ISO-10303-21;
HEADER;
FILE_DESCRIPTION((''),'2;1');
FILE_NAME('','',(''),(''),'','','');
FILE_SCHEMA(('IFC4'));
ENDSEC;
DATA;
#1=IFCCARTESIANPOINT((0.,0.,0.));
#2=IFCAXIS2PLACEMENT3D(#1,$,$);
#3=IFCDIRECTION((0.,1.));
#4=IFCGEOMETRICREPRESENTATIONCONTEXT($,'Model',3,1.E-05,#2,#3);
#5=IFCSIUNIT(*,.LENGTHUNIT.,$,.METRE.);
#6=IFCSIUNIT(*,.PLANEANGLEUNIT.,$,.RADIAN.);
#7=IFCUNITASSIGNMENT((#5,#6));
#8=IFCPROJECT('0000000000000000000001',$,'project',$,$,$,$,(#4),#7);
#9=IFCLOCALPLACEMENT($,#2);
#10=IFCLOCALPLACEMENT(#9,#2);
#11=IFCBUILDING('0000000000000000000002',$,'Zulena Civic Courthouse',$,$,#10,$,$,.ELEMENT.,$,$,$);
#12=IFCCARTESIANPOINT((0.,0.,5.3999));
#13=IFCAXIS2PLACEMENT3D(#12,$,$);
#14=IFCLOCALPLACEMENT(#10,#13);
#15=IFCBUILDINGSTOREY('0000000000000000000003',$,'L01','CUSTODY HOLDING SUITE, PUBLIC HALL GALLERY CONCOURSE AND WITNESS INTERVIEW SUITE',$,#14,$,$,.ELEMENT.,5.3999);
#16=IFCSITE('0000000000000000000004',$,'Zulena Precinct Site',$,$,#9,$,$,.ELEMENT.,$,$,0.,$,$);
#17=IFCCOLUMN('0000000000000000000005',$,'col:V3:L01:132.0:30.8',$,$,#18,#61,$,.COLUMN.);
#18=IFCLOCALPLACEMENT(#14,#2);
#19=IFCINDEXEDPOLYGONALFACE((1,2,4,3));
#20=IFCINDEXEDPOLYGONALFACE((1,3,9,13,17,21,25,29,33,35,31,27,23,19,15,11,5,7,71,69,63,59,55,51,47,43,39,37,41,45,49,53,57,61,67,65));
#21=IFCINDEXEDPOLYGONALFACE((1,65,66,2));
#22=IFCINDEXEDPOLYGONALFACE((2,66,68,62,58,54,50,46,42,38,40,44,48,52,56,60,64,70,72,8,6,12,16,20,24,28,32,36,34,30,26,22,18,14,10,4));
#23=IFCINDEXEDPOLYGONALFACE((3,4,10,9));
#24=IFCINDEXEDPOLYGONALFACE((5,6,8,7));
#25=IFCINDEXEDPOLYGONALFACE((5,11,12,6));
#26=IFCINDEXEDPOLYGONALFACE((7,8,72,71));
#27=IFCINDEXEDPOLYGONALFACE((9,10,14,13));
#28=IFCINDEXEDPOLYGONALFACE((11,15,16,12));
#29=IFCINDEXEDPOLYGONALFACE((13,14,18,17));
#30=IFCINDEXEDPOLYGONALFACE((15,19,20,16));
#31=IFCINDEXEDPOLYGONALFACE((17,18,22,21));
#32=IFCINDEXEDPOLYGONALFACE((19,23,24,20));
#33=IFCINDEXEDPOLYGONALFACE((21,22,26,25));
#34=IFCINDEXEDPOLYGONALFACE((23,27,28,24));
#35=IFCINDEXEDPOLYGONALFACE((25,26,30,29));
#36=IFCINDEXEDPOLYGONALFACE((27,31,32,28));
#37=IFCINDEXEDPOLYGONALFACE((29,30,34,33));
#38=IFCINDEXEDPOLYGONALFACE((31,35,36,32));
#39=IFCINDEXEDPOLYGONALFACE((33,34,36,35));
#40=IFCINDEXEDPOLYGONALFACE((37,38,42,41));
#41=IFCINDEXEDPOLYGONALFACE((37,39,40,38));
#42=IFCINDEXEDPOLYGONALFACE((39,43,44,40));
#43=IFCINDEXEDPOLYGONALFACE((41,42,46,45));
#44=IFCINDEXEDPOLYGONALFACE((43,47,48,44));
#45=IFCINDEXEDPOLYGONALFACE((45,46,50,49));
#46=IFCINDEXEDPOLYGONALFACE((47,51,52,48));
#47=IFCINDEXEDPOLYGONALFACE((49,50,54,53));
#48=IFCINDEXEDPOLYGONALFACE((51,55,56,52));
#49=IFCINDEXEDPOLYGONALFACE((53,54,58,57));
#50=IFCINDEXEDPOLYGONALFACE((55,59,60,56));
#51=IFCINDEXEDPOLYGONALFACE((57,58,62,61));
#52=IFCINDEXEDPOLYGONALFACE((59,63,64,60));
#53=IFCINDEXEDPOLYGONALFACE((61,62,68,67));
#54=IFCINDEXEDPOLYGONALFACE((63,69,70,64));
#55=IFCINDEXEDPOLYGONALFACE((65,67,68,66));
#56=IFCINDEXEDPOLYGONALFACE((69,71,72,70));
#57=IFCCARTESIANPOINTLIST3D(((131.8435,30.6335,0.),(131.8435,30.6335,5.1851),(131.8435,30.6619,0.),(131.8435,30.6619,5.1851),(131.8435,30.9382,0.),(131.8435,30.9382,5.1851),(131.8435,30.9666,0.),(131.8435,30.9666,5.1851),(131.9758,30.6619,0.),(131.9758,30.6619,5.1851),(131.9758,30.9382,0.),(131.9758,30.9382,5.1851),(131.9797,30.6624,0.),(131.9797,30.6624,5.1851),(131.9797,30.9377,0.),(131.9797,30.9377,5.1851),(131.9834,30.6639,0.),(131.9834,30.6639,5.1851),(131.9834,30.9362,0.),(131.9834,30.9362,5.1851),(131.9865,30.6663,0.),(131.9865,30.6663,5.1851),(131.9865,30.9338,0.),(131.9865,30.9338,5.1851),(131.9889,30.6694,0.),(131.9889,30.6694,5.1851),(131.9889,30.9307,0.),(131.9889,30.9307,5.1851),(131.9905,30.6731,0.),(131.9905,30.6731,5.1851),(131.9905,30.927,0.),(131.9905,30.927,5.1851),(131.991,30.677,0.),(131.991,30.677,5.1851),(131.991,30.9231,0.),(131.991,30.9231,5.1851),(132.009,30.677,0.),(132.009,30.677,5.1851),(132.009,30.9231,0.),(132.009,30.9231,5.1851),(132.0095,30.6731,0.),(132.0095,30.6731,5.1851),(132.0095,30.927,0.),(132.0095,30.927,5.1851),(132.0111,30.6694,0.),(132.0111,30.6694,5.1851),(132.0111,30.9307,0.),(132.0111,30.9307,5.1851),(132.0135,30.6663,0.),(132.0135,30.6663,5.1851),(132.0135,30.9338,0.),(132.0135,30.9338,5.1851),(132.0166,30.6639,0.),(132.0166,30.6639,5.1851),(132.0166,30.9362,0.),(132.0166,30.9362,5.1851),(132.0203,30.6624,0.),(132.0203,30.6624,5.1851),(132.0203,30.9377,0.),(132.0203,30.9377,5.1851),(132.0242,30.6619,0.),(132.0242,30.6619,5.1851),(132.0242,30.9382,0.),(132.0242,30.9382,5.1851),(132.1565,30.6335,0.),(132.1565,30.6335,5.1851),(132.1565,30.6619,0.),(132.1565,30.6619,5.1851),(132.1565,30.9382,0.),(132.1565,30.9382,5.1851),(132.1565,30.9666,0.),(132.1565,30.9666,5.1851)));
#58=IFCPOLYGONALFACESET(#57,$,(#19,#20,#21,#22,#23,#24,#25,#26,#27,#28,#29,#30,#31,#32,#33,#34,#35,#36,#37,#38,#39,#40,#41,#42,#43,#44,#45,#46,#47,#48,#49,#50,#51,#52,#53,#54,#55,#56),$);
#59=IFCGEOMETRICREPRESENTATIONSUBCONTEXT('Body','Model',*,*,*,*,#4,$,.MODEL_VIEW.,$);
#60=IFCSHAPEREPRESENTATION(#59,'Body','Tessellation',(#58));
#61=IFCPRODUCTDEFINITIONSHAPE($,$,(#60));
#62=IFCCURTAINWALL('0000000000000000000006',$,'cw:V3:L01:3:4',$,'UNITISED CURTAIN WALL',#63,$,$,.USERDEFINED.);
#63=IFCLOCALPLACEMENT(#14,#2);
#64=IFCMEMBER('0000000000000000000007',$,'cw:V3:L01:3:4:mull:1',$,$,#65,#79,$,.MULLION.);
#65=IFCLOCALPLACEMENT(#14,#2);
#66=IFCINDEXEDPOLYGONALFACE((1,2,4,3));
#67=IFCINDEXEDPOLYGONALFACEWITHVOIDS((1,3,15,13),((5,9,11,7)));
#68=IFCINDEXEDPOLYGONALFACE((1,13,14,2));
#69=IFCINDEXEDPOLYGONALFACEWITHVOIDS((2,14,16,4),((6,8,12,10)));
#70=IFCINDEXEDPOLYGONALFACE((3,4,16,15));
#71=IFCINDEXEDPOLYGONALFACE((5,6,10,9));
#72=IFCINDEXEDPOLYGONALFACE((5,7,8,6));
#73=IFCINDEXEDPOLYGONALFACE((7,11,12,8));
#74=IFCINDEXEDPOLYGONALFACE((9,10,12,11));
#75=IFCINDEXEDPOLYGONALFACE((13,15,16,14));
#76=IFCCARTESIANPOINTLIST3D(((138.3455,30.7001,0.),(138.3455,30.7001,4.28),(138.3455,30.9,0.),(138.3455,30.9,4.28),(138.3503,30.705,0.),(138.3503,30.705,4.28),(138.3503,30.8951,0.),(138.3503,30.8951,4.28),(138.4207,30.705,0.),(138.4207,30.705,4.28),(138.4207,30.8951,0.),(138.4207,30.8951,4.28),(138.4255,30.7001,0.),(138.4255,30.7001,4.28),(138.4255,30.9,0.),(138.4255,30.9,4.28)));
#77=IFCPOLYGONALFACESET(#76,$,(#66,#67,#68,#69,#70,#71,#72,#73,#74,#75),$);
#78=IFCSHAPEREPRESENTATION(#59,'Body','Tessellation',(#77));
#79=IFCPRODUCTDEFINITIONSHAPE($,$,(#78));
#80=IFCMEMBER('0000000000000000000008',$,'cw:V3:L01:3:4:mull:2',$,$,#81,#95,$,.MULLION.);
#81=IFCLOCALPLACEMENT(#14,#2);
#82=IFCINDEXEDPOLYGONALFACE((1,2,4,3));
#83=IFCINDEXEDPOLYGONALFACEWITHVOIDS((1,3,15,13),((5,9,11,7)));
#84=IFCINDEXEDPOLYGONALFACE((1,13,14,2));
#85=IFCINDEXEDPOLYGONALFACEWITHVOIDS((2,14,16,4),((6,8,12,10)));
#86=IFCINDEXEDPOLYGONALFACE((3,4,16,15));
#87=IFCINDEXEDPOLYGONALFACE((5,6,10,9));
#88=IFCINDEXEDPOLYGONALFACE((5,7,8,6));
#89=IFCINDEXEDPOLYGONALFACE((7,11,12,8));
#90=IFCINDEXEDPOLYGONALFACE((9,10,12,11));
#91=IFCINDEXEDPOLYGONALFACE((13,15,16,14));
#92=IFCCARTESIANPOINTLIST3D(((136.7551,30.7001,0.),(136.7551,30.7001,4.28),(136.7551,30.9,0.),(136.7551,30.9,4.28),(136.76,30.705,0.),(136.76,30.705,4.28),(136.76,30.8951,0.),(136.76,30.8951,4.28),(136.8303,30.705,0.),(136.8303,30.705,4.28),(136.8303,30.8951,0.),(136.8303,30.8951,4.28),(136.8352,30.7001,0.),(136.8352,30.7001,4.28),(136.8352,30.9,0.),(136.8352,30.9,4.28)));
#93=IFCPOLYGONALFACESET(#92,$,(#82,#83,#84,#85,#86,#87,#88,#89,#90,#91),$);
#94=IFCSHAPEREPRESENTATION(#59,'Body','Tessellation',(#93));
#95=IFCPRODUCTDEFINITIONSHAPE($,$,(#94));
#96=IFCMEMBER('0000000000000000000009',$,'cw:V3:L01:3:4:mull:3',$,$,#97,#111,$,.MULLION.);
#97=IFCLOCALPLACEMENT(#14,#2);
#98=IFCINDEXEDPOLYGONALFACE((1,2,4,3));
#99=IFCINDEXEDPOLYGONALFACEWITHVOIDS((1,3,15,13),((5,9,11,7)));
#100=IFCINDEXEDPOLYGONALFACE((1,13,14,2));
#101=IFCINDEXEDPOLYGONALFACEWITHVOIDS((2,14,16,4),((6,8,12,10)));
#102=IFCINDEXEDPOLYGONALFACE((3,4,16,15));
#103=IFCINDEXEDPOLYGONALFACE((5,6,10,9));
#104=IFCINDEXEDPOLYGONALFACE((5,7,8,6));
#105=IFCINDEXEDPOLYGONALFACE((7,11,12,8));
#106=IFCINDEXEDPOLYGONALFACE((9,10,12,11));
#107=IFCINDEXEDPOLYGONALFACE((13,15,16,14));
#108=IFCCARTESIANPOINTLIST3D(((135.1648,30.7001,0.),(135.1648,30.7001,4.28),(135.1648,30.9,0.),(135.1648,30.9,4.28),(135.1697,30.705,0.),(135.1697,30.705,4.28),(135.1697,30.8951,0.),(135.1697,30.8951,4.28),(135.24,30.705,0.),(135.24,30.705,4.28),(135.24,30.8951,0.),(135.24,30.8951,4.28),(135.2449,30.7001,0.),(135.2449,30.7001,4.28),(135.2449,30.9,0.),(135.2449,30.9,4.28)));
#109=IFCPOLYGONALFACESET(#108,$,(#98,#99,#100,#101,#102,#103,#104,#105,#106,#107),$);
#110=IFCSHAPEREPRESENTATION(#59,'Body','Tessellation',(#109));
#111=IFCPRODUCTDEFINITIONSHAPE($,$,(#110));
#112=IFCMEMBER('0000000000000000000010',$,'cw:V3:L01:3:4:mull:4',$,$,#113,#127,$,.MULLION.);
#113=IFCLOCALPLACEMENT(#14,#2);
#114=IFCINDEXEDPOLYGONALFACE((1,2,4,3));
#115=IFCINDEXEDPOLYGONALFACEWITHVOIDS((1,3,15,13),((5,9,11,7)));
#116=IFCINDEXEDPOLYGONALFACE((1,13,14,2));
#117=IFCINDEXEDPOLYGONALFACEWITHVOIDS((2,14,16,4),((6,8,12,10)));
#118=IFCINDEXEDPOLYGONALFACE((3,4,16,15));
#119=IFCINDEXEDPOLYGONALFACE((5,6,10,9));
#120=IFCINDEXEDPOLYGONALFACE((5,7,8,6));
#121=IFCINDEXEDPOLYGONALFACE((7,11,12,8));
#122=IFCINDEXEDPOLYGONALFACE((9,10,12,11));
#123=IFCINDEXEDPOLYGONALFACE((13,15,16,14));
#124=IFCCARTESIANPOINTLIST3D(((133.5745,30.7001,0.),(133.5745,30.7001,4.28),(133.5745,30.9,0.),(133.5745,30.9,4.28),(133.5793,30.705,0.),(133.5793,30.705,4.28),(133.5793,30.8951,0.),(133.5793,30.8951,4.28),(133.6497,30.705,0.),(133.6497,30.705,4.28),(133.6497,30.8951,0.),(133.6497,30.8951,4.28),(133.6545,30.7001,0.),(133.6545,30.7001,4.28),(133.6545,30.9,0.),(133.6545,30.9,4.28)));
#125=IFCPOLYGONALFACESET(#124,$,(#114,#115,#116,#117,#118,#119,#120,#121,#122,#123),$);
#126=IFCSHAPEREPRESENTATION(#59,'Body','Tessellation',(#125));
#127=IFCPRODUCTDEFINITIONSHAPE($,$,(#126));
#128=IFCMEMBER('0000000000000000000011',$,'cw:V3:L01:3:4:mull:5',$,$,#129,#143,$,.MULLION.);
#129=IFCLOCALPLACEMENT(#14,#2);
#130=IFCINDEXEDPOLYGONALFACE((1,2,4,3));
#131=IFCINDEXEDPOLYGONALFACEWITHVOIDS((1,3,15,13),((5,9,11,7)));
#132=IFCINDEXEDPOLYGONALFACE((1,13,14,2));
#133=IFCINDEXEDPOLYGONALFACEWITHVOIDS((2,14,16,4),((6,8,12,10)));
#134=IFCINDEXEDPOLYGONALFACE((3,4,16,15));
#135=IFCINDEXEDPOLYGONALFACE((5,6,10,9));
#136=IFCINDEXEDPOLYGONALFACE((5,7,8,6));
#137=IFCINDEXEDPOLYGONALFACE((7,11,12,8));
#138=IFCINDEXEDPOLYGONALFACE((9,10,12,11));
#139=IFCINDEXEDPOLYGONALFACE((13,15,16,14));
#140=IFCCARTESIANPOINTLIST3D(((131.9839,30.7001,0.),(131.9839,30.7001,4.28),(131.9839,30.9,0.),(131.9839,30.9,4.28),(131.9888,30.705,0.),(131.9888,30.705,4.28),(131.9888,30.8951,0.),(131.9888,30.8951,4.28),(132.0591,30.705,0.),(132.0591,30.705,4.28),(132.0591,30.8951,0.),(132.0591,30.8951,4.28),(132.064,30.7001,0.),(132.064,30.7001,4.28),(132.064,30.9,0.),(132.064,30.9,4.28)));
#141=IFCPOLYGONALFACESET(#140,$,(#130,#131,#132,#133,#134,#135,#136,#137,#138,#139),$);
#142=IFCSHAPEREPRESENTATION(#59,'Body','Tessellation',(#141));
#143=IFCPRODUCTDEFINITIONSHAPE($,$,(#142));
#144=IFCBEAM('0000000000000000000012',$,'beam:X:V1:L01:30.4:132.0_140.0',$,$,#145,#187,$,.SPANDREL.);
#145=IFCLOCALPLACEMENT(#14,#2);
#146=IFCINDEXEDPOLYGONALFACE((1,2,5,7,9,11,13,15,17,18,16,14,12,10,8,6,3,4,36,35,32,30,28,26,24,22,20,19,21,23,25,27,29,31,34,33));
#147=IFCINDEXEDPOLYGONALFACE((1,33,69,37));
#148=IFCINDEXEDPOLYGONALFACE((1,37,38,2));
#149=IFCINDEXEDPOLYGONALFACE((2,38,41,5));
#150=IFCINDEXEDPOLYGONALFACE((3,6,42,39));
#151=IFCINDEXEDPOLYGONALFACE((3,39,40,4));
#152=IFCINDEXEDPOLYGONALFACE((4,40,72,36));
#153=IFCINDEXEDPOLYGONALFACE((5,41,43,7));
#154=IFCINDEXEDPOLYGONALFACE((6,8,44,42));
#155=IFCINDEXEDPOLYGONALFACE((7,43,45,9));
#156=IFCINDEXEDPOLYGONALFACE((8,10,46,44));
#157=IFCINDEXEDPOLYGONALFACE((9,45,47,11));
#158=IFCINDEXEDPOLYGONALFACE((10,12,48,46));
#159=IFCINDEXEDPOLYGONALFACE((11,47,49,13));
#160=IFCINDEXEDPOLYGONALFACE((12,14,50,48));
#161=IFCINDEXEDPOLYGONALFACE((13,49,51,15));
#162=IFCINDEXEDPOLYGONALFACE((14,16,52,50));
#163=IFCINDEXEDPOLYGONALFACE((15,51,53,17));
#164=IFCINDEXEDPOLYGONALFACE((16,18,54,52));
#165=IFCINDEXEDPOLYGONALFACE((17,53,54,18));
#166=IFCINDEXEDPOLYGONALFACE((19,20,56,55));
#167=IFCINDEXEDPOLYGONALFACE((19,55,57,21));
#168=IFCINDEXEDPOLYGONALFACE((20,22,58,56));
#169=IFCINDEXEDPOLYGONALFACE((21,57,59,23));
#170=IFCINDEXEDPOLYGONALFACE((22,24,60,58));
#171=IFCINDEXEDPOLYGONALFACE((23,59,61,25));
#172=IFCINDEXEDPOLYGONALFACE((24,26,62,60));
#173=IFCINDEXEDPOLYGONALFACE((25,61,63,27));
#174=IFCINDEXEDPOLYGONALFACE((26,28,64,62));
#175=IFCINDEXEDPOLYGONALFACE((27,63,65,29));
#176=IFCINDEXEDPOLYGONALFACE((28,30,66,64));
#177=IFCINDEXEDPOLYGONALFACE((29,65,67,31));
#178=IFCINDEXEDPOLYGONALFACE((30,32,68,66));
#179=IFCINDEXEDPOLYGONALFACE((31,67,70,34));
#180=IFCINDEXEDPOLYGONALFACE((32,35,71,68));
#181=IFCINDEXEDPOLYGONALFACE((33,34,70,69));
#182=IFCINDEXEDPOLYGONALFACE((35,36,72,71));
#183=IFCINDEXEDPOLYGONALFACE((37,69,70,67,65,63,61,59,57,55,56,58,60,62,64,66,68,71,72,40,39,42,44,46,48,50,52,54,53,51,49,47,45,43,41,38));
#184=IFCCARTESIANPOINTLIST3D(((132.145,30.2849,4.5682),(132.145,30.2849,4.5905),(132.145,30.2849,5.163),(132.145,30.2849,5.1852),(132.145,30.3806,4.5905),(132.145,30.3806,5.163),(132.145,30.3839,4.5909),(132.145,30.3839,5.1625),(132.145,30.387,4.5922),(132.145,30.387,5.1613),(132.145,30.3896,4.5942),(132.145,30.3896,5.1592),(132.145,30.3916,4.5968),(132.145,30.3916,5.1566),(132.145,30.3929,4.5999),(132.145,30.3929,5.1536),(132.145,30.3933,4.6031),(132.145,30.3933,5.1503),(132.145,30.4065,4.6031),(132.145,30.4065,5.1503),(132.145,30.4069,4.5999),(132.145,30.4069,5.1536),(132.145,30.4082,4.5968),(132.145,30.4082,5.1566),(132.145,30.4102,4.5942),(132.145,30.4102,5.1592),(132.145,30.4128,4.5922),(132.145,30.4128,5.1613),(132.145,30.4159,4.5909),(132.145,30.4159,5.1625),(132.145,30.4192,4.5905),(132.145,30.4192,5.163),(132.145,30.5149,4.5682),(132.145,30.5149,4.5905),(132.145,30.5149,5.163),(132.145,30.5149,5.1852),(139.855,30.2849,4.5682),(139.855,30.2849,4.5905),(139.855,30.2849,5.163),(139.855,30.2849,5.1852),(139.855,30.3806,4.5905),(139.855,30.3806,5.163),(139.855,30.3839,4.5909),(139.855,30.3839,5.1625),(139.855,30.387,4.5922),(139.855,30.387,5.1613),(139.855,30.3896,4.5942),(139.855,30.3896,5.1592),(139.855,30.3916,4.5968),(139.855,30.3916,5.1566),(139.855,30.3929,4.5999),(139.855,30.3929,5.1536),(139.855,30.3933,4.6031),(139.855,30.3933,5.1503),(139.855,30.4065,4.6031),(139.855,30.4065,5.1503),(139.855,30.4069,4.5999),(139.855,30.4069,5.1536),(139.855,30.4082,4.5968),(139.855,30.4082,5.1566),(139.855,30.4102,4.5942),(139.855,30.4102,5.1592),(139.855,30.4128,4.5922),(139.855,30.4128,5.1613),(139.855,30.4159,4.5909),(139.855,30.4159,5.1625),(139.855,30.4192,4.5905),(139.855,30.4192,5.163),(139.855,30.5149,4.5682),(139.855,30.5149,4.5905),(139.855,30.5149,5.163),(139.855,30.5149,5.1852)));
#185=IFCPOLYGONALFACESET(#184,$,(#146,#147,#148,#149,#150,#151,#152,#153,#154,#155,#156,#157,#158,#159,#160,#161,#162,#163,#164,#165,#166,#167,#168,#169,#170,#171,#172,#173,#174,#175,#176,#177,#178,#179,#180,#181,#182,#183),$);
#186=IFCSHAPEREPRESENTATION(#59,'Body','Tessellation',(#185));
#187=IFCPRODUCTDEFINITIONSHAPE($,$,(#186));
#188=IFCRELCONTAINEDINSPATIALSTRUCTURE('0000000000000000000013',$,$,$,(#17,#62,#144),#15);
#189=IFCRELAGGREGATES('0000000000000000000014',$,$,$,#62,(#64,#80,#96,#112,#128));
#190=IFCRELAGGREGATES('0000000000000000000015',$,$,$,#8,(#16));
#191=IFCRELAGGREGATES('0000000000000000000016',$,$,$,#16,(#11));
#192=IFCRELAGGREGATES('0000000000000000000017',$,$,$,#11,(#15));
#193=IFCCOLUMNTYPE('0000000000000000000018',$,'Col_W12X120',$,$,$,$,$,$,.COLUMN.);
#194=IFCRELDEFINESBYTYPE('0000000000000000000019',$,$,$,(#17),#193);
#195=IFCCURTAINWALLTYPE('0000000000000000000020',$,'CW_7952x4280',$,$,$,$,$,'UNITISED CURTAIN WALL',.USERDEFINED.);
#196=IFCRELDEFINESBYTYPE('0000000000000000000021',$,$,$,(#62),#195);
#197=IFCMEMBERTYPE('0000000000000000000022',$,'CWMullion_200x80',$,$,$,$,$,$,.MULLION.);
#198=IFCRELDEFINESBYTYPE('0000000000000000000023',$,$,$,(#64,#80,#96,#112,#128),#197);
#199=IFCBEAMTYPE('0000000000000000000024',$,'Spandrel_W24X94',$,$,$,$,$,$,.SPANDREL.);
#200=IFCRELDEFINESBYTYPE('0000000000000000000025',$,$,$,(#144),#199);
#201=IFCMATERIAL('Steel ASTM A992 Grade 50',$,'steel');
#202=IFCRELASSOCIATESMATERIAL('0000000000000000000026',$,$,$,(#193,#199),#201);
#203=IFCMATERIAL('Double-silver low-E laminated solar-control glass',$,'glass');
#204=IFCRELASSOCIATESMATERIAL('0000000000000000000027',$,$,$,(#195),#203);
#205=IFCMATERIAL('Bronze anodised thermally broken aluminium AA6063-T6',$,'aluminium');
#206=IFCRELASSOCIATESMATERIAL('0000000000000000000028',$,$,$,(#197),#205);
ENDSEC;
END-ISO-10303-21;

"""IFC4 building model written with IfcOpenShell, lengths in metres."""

from ifc_helpers import new_model, si_unit, direction, frame, origin, origin_2d, place, context, subcontext, project, spatial, hollow_rectangle, i_section, extrude, material, material_profile, profile_set, type_object, element, aggregate, save


model = new_model("IFC4")

# Units and contexts
model_context = context("Model", 3, precision=1e-05, world=origin(), true_north=direction((0.0, 1.0)))
body_context = subcontext(model_context, "Body", "Model", "MODEL_VIEW")
ifc_project = project(units=[si_unit("LENGTHUNIT", "METRE"), si_unit("PLANEANGLEUNIT", "RADIAN")], contexts=[model_context])

# Site, building, storey
site_placement = place(None, origin())
site = spatial("IfcSite", under=ifc_project, at=site_placement, Name="Zulena Precinct Site", CompositionType="ELEMENT", RefElevation=0.0)
building_placement = place(site_placement, origin())
building = spatial("IfcBuilding", under=site, at=building_placement, Name="Zulena Civic Courthouse", CompositionType="ELEMENT")
storey_placement = place(building_placement, frame((0.0, 0.0, 5.3999)))
storey = spatial("IfcBuildingStorey", under=building, at=storey_placement, Name="L01", Description="CUSTODY HOLDING SUITE, PUBLIC HALL GALLERY CONCOURSE AND WITNESS INTERVIEW SUITE", CompositionType="ELEMENT", Elevation=5.3999)

# Column
ifc_material_1 = material(Name="Steel ASTM A992 Grade 50", Category="steel")
ifc_material_profile_1 = material_profile(ifc_material_1, i_section(OverallWidth=0.313, OverallDepth=0.333, WebThickness=0.0181, FlangeThickness=0.0283, FilletRadius=0.0151, at=origin_2d()), Name="W12X120")
ifc_profile_set_1 = profile_set([ifc_material_profile_1], Name="Steel ASTM A992 Grade 50")
column_type = type_object("IfcColumnType", Name="Col_W12X120", PredefinedType="COLUMN", material=ifc_profile_set_1)
column_placement = place(storey_placement, frame((132.0, 30.8, 0.0), z_axis=(0.0, 0.0, 1.0), x_axis=(1.0, 0.0, 0.0)))
element("IfcColumn", 1, at=column_placement, inside=storey, type_object=column_type, Name="col:V3:L01:132.0:30.8", PredefinedType="COLUMN", context=body_context, shape_type="SweptSolid", body=[
    extrude(i_section(OverallWidth=0.313, OverallDepth=0.333, WebThickness=0.0181, FlangeThickness=0.0283, FilletRadius=0.0151, at=origin_2d()), origin(), (0.0, 0.0, 1.0), 5.1851),
])

# Curtain wall, members
ifc_material_2 = material(Name="Double-silver low-E laminated solar-control glass", Category="glass")
curtain_wall_type = type_object("IfcCurtainWallType", Name="CW_7952x4280", ElementType="UNITISED CURTAIN WALL", PredefinedType="USERDEFINED", material=ifc_material_2)
curtain_wall_placement = place(storey_placement, origin())
curtain_wall = element("IfcCurtainWall", 2, at=curtain_wall_placement, inside=storey, type_object=curtain_wall_type, Name="cw:V3:L01:3:4", ObjectType="UNITISED CURTAIN WALL", PredefinedType="USERDEFINED")
ifc_material_3 = material(Name="Bronze anodised thermally broken aluminium AA6063-T6", Category="aluminium")
ifc_material_profile_2 = material_profile(ifc_material_3, hollow_rectangle(XDim=0.0801, YDim=0.2, WallThickness=0.0049, at=origin_2d()), Name="CWM200X80X5")
ifc_profile_set_2 = profile_set([ifc_material_profile_2], Name="Bronze anodised thermally broken aluminium AA6063-T6")
member_type = type_object("IfcMemberType", Name="CWMullion_200x80", PredefinedType="MULLION", material=ifc_profile_set_2)
member_1_placement = place(storey_placement, frame((138.3855, 30.8, 0.0), z_axis=(0.0, 0.0, 1.0), x_axis=(1.0, 0.0, 0.0)))
member_1 = element("IfcMember", 3, at=member_1_placement, type_object=member_type, Name="cw:V3:L01:3:4:mull:1", PredefinedType="MULLION", context=body_context, shape_type="SweptSolid", body=[
    extrude(hollow_rectangle(XDim=0.0801, YDim=0.2, WallThickness=0.0049, at=origin_2d()), origin(), (0.0, 0.0, 1.0), 4.28),
])
member_2_placement = place(storey_placement, frame((136.7952, 30.8, 0.0), z_axis=(0.0, 0.0, 1.0), x_axis=(1.0, 0.0, 0.0)))
member_2 = element("IfcMember", 4, at=member_2_placement, type_object=member_type, Name="cw:V3:L01:3:4:mull:2", PredefinedType="MULLION", context=body_context, shape_type="SweptSolid", body=[
    extrude(hollow_rectangle(XDim=0.0801, YDim=0.2, WallThickness=0.0049, at=origin_2d()), origin(), (0.0, 0.0, 1.0), 4.28),
])
member_3_placement = place(storey_placement, frame((135.2048, 30.8, 0.0), z_axis=(0.0, 0.0, 1.0), x_axis=(1.0, 0.0, 0.0)))
member_3 = element("IfcMember", 5, at=member_3_placement, type_object=member_type, Name="cw:V3:L01:3:4:mull:3", PredefinedType="MULLION", context=body_context, shape_type="SweptSolid", body=[
    extrude(hollow_rectangle(XDim=0.0801, YDim=0.2, WallThickness=0.0049, at=origin_2d()), origin(), (0.0, 0.0, 1.0), 4.28),
])
member_4_placement = place(storey_placement, frame((133.6145, 30.8, 0.0), z_axis=(0.0, 0.0, 1.0), x_axis=(1.0, 0.0, 0.0)))
member_4 = element("IfcMember", 6, at=member_4_placement, type_object=member_type, Name="cw:V3:L01:3:4:mull:4", PredefinedType="MULLION", context=body_context, shape_type="SweptSolid", body=[
    extrude(hollow_rectangle(XDim=0.0801, YDim=0.2, WallThickness=0.0049, at=origin_2d()), origin(), (0.0, 0.0, 1.0), 4.28),
])
member_5_placement = place(storey_placement, frame((132.0239, 30.8, 0.0), z_axis=(0.0, 0.0, 1.0), x_axis=(1.0, 0.0, 0.0)))
member_5 = element("IfcMember", 7, at=member_5_placement, type_object=member_type, Name="cw:V3:L01:3:4:mull:5", PredefinedType="MULLION", context=body_context, shape_type="SweptSolid", body=[
    extrude(hollow_rectangle(XDim=0.0801, YDim=0.2, WallThickness=0.0049, at=origin_2d()), origin(), (0.0, 0.0, 1.0), 4.28),
])

# Beam
ifc_material_profile_3 = material_profile(ifc_material_1, i_section(OverallWidth=0.23, OverallDepth=0.6169, WebThickness=0.0132, FlangeThickness=0.0222, FilletRadius=0.0127, at=origin_2d()), Name="W24X94")
ifc_profile_set_3 = profile_set([ifc_material_profile_3], Name="Steel ASTM A992 Grade 50")
beam_type = type_object("IfcBeamType", Name="Spandrel_W24X94", PredefinedType="SPANDREL", material=ifc_profile_set_3)
for number, where, z_axis, x_axis, name in (
    (8, (132.145, 30.3999, 4.8767), (1.0, 0.0, 0.0), (0.0, 1.0, 0.0), "beam:X:V1:L01:30.4:132.0_140.0"),
):
    element("IfcBeam", number, at=place(storey_placement, frame(where, z_axis=z_axis, x_axis=x_axis)), inside=storey, type_object=beam_type, Name=name, PredefinedType="SPANDREL", context=body_context, shape_type="SweptSolid", body=[
        extrude(i_section(OverallWidth=0.23, OverallDepth=0.6169, WebThickness=0.0132, FlangeThickness=0.0222, FilletRadius=0.0127, at=origin_2d()), origin(), (0.0, 0.0, 1.0), 7.71),
    ])

aggregate(curtain_wall, [member_1, member_2, member_3, member_4, member_5])

save(model, "model.ifc")
